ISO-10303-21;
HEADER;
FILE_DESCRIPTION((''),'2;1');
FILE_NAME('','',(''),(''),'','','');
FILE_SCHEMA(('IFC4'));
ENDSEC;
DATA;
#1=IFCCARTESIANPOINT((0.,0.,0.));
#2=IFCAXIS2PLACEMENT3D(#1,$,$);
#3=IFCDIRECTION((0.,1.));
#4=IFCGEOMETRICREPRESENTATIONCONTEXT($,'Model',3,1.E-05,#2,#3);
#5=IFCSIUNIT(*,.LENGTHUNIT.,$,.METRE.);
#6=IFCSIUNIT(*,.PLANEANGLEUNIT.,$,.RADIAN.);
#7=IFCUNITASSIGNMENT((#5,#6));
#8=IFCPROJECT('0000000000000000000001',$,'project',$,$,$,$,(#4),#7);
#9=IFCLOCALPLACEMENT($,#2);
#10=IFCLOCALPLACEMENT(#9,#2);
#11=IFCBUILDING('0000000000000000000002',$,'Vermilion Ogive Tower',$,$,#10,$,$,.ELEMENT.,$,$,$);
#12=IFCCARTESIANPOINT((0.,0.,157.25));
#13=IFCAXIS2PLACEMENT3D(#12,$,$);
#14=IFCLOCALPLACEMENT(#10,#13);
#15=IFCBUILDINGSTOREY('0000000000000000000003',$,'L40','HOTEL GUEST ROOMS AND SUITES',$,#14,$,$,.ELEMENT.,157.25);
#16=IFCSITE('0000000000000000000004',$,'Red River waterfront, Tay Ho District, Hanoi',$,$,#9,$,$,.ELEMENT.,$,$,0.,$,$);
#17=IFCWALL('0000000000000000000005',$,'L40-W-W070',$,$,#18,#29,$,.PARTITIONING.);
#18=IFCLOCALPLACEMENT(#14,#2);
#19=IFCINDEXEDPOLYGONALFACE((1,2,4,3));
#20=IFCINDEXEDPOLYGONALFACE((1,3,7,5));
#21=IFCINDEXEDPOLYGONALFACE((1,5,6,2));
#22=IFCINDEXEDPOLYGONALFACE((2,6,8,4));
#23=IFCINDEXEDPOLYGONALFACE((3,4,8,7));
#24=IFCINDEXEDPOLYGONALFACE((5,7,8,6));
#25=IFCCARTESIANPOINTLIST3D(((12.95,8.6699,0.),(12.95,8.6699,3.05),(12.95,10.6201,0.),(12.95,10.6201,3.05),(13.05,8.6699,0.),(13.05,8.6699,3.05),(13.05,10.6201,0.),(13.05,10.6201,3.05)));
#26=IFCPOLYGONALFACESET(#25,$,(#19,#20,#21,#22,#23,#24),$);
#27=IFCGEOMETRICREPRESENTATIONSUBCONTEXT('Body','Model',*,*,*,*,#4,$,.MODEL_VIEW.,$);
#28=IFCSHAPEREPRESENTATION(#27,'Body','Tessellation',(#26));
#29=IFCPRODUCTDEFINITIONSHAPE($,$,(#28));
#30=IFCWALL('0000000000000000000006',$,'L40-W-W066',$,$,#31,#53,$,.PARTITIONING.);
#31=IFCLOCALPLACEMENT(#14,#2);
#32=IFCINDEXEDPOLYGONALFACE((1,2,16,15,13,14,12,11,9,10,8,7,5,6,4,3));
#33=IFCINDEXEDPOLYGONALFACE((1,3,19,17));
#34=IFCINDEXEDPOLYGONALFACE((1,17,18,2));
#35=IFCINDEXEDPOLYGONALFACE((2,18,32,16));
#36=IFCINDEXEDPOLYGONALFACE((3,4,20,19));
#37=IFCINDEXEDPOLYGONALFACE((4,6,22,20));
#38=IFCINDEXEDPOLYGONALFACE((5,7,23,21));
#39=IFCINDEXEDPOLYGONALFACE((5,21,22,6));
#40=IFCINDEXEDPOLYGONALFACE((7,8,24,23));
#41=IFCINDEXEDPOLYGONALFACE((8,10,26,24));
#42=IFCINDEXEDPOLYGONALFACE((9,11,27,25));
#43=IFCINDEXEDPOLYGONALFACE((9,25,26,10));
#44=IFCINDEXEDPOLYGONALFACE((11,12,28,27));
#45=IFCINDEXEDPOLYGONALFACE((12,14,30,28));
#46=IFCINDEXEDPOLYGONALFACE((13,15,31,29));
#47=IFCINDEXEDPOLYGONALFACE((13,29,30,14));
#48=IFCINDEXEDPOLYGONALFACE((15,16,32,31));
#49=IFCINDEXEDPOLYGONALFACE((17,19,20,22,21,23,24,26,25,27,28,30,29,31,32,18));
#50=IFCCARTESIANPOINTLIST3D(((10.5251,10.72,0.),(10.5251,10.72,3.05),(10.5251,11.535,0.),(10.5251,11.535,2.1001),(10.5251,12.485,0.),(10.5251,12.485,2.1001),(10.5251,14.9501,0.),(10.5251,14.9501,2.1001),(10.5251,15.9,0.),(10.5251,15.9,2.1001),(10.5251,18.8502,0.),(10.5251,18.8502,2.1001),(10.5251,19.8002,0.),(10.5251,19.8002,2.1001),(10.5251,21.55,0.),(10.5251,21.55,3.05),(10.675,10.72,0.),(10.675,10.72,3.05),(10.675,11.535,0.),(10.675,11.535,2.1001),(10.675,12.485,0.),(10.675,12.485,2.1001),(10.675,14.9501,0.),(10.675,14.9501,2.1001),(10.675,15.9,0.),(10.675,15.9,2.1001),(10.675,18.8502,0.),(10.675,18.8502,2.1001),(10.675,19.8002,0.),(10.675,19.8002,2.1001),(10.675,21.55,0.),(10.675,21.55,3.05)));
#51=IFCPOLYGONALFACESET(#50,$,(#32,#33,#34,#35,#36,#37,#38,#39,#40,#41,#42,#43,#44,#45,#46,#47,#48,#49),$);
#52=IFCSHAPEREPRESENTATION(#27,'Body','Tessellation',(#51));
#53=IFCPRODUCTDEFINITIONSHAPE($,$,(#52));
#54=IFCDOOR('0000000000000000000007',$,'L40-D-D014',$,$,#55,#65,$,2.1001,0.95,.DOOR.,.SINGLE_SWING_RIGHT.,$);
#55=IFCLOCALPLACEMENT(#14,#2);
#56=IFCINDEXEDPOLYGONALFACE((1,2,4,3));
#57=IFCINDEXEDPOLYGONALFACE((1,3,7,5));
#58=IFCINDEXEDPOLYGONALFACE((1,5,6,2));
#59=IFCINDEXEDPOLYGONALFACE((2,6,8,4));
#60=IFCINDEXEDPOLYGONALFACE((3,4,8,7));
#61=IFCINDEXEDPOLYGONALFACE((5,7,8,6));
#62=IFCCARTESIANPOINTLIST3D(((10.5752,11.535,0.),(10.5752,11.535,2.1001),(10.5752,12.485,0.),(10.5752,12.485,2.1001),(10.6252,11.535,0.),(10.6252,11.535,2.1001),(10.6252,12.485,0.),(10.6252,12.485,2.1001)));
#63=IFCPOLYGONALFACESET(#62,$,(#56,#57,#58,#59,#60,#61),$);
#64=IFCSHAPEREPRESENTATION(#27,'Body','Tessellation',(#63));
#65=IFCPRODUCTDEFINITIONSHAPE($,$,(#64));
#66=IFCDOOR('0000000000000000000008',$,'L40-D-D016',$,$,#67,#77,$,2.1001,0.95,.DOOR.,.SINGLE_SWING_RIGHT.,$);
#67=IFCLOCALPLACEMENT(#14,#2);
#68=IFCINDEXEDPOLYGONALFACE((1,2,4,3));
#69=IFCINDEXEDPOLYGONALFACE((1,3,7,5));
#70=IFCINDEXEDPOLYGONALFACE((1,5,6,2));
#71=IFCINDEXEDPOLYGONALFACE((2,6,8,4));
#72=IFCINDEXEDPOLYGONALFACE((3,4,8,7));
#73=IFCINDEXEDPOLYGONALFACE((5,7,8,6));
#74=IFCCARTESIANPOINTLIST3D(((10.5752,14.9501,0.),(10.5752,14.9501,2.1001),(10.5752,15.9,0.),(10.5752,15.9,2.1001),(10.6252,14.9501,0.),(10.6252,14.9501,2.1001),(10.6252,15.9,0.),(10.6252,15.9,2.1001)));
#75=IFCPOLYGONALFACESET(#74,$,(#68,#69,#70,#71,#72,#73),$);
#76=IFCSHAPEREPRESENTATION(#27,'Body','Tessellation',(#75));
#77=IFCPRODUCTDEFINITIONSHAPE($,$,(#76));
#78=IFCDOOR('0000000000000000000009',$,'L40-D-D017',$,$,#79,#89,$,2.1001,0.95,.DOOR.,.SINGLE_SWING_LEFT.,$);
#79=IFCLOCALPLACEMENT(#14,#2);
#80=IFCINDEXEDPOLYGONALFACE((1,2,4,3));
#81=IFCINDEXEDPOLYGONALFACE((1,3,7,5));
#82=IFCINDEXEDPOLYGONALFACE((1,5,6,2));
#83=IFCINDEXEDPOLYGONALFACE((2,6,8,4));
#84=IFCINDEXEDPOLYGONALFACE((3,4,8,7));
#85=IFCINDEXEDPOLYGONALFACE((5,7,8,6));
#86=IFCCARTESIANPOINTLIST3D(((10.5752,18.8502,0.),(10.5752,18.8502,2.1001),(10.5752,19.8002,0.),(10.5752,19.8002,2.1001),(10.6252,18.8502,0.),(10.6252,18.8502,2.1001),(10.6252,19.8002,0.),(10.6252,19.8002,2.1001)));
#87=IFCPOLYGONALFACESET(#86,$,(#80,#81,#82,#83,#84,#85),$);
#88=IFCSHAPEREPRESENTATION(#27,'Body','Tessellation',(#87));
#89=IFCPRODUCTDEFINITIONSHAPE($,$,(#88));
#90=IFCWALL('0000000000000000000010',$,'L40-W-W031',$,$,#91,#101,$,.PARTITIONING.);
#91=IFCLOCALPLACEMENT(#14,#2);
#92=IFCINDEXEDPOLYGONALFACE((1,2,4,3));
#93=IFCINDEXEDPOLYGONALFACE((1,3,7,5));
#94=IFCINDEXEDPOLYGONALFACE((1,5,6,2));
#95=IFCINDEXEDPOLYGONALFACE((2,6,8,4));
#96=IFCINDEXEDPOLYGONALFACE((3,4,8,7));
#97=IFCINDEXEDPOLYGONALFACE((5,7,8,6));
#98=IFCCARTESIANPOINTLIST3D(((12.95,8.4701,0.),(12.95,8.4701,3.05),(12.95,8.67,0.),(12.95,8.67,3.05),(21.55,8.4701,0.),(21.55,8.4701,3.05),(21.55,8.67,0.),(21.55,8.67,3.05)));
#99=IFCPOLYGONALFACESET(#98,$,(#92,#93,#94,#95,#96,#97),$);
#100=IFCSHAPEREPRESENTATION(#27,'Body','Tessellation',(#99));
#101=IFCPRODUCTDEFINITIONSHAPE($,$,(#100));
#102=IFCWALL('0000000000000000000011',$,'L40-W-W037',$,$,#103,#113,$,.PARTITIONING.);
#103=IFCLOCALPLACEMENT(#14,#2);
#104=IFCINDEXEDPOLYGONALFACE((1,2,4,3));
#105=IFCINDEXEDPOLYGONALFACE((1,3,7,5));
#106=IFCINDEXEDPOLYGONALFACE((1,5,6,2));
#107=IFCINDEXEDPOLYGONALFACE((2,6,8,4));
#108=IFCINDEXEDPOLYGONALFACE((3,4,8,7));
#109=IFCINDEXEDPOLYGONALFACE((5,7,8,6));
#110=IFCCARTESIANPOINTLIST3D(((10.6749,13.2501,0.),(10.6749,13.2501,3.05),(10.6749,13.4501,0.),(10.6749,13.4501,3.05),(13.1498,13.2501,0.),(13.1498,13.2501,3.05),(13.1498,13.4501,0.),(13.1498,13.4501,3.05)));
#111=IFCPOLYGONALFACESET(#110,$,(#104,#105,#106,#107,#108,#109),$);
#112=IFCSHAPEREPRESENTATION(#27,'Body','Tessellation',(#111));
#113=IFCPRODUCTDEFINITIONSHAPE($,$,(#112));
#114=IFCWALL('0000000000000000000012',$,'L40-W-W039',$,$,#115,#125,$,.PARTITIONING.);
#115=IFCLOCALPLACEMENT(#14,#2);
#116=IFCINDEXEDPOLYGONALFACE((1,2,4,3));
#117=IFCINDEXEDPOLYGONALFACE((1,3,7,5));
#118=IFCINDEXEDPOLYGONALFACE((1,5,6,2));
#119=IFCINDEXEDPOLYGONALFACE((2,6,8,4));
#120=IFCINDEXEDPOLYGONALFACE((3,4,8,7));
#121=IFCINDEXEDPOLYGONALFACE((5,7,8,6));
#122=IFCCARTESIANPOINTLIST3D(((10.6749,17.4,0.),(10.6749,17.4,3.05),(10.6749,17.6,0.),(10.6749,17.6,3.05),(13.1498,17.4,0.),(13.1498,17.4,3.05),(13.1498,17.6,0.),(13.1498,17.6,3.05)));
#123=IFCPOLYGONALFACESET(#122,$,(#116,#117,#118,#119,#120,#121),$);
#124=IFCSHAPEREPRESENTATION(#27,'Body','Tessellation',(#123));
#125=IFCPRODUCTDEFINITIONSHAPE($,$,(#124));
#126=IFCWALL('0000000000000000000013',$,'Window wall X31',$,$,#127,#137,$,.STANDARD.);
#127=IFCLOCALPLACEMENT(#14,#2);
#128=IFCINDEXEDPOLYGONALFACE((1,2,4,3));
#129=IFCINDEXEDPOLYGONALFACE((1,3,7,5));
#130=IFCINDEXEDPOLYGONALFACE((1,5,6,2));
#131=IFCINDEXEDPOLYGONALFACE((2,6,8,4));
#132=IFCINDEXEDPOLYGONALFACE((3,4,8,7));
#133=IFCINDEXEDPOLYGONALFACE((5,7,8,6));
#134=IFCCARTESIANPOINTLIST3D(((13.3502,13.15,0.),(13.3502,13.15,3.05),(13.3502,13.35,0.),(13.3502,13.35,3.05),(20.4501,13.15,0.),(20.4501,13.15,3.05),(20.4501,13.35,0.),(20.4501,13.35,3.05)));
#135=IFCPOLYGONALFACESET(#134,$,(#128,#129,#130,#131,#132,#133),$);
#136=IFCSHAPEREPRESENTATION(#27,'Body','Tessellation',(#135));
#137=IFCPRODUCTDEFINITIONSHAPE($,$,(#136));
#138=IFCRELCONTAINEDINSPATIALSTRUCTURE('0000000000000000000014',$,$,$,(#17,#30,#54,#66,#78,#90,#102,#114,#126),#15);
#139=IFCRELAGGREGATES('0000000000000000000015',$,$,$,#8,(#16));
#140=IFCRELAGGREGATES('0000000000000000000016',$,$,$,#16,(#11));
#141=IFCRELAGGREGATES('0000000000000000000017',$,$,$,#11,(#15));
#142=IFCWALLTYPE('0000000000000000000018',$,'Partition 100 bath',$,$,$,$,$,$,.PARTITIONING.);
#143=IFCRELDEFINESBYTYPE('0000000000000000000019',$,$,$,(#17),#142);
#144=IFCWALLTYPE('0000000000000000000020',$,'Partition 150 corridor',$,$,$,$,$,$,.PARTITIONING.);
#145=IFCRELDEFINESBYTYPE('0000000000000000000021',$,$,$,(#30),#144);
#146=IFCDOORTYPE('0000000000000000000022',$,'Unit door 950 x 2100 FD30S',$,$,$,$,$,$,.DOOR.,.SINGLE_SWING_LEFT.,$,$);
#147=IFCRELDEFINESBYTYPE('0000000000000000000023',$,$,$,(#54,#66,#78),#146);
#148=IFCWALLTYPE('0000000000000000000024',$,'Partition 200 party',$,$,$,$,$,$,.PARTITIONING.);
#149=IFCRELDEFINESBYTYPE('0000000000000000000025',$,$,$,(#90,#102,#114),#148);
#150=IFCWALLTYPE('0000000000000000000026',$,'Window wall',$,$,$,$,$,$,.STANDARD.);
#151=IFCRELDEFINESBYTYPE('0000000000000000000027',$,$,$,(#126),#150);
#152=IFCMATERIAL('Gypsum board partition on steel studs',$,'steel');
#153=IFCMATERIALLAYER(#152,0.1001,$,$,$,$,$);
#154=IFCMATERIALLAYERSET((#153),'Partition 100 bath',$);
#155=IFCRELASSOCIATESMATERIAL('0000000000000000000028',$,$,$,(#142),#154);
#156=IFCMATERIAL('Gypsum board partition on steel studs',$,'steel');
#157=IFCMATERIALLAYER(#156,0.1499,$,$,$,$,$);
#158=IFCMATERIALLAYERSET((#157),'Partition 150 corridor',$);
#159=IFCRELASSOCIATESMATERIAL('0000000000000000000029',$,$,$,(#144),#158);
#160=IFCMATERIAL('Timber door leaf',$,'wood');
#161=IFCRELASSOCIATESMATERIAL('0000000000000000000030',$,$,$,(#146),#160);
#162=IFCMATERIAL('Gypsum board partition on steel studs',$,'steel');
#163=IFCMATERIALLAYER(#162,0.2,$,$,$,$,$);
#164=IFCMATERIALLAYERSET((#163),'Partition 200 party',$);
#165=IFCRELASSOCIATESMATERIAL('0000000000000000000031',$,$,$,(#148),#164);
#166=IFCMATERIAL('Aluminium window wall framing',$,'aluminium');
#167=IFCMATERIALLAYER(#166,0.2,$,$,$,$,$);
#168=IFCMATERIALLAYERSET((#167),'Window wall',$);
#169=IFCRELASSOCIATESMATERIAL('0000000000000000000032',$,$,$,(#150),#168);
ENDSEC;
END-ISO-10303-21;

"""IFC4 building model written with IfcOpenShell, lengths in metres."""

from ifc_helpers import new_model, si_unit, direction, frame, frame_2d, origin, place, context, subcontext, project, spatial, rectangle, extrude, material, layer, layer_set, type_object, element, fill, save


model = new_model("IFC4")

# Units and contexts
model_context = context("Model", 3, precision=1e-05, world=origin(), true_north=direction((0.0, 1.0)))
body_context = subcontext(model_context, "Body", "Model", "MODEL_VIEW")
ifc_project = project(units=[si_unit("LENGTHUNIT", "METRE"), si_unit("PLANEANGLEUNIT", "RADIAN")], contexts=[model_context])

# Site, building, storey
site_placement = place(None, origin())
site = spatial("IfcSite", under=ifc_project, at=site_placement, Name="Red River waterfront, Tay Ho District, Hanoi", CompositionType="ELEMENT", RefElevation=0.0)
building_placement = place(site_placement, origin())
building = spatial("IfcBuilding", under=site, at=building_placement, Name="Vermilion Ogive Tower", CompositionType="ELEMENT")
storey_placement = place(building_placement, frame((0.0, 0.0, 157.25)))
storey = spatial("IfcBuildingStorey", under=building, at=storey_placement, Name="L40", Description="HOTEL GUEST ROOMS AND SUITES", CompositionType="ELEMENT", Elevation=157.25)

# Wall
ifc_material_1 = material(Name="Gypsum board partition on steel studs", Category="steel")
ifc_layer_1 = layer(ifc_material_1, 0.1001)
ifc_layer_set_1 = layer_set([ifc_layer_1], Name="Partition 100 bath")
wall_type_1 = type_object("IfcWallType", Name="Partition 100 bath", PredefinedType="PARTITIONING", material=ifc_layer_set_1)
wall_1_placement = place(storey_placement, frame((13.0, 8.6699, 0.0), z_axis=(0.0, 0.0, 1.0), x_axis=(0.0, 1.0, 0.0)))
element("IfcWall", 1, at=wall_1_placement, inside=storey, type_object=wall_type_1, Name="L40-W-W070", PredefinedType="PARTITIONING", context=body_context, shape_type="SweptSolid", body=[
    extrude(rectangle(XDim=1.9502, YDim=0.1001, at=frame_2d((0.9751, 0.0))), origin(), (0.0, 0.0, 1.0), 3.05),
])

# Wall, openings, doors
ifc_material_2 = material(Name="Gypsum board partition on steel studs", Category="steel")
ifc_layer_2 = layer(ifc_material_2, 0.1499)
ifc_layer_set_2 = layer_set([ifc_layer_2], Name="Partition 150 corridor")
wall_type_2 = type_object("IfcWallType", Name="Partition 150 corridor", PredefinedType="PARTITIONING", material=ifc_layer_set_2)
wall_2_placement = place(storey_placement, frame((10.6001, 10.72, 0.0), z_axis=(0.0, 0.0, 1.0), x_axis=(0.0, 1.0, 0.0)))
wall_2 = element("IfcWall", 2, at=wall_2_placement, inside=storey, type_object=wall_type_2, Name="L40-W-W066", PredefinedType="PARTITIONING", context=body_context, shape_type="SweptSolid", body=[
    extrude(rectangle(XDim=10.8301, YDim=0.1499, at=frame_2d((5.415, 0.0))), origin(), (0.0, 0.0, 1.0), 3.05),
])
opening_1_placement = place(wall_2_placement, frame((0.8149, 0.0, 0.0)))
opening_1 = element("IfcOpeningElement", 3, at=opening_1_placement, cuts=wall_2, PredefinedType="OPENING", context=body_context, shape_type="SweptSolid", body=[
    extrude(rectangle(XDim=0.95, YDim=2.1001, at=frame_2d((0.4751, 1.05))), frame((0.0, 0.085, 0.0), z_axis=(0.0, -1.0, 0.0), x_axis=(1.0, 0.0, 0.0)), (0.0, 0.0, 1.0), 0.1699),
])
opening_2_placement = place(wall_2_placement, frame((4.23, 0.0, 0.0)))
opening_2 = element("IfcOpeningElement", 4, at=opening_2_placement, cuts=wall_2, PredefinedType="OPENING", context=body_context, shape_type="SweptSolid", body=[
    extrude(rectangle(XDim=0.95, YDim=2.1001, at=frame_2d((0.4751, 1.05))), frame((0.0, 0.085, 0.0), z_axis=(0.0, -1.0, 0.0), x_axis=(1.0, 0.0, 0.0)), (0.0, 0.0, 1.0), 0.1699),
])
opening_3_placement = place(wall_2_placement, frame((8.1301, 0.0, 0.0)))
opening_3 = element("IfcOpeningElement", 5, at=opening_3_placement, cuts=wall_2, PredefinedType="OPENING", context=body_context, shape_type="SweptSolid", body=[
    extrude(rectangle(XDim=0.95, YDim=2.1001, at=frame_2d((0.4751, 1.05))), frame((0.0, 0.085, 0.0), z_axis=(0.0, -1.0, 0.0), x_axis=(1.0, 0.0, 0.0)), (0.0, 0.0, 1.0), 0.1699),
])
ifc_material_3 = material(Name="Timber door leaf", Category="wood")
door_type = type_object("IfcDoorType", Name="Unit door 950 x 2100 FD30S", OperationType="SINGLE_SWING_LEFT", PredefinedType="DOOR", material=ifc_material_3)
door_1_placement = place(opening_1_placement, origin())
door_1 = element("IfcDoor", 6, at=door_1_placement, inside=storey, type_object=door_type, Name="L40-D-D014", OperationType="SINGLE_SWING_RIGHT", OverallHeight=2.1001, OverallWidth=0.95, PredefinedType="DOOR", context=body_context, shape_type="SweptSolid", body=[
    extrude(rectangle(XDim=0.95, YDim=2.1001, at=frame_2d((0.4751, 1.05))), frame((0.0, 0.0249, 0.0), z_axis=(0.0, -1.0, 0.0), x_axis=(1.0, 0.0, 0.0)), (0.0, 0.0, 1.0), 0.05),
])
fill(opening_1, door_1)
door_2_placement = place(opening_2_placement, origin())
door_2 = element("IfcDoor", 7, at=door_2_placement, inside=storey, type_object=door_type, Name="L40-D-D016", OperationType="SINGLE_SWING_RIGHT", OverallHeight=2.1001, OverallWidth=0.95, PredefinedType="DOOR", context=body_context, shape_type="SweptSolid", body=[
    extrude(rectangle(XDim=0.95, YDim=2.1001, at=frame_2d((0.4751, 1.05))), frame((0.0, 0.0249, 0.0), z_axis=(0.0, -1.0, 0.0), x_axis=(1.0, 0.0, 0.0)), (0.0, 0.0, 1.0), 0.05),
])
fill(opening_2, door_2)
door_3_placement = place(opening_3_placement, origin())
door_3 = element("IfcDoor", 8, at=door_3_placement, inside=storey, type_object=door_type, Name="L40-D-D017", OperationType="SINGLE_SWING_LEFT", OverallHeight=2.1001, OverallWidth=0.95, PredefinedType="DOOR", context=body_context, shape_type="SweptSolid", body=[
    extrude(rectangle(XDim=0.95, YDim=2.1001, at=frame_2d((0.4751, 1.05))), frame((0.0, 0.0249, 0.0), z_axis=(0.0, -1.0, 0.0), x_axis=(1.0, 0.0, 0.0)), (0.0, 0.0, 1.0), 0.05),
])
fill(opening_3, door_3)

# Walls
ifc_material_4 = material(Name="Gypsum board partition on steel studs", Category="steel")
ifc_layer_3 = layer(ifc_material_4, 0.2)
ifc_layer_set_3 = layer_set([ifc_layer_3], Name="Partition 200 party")
wall_type_3 = type_object("IfcWallType", Name="Partition 200 party", PredefinedType="PARTITIONING", material=ifc_layer_set_3)
wall_3_placement = place(storey_placement, frame((12.95, 8.5701, 0.0), z_axis=(0.0, 0.0, 1.0), x_axis=(1.0, 0.0, 0.0)))
element("IfcWall", 9, at=wall_3_placement, inside=storey, type_object=wall_type_3, Name="L40-W-W031", PredefinedType="PARTITIONING", context=body_context, shape_type="SweptSolid", body=[
    extrude(rectangle(XDim=8.6001, YDim=0.2, at=frame_2d((4.3, 0.0))), origin(), (0.0, 0.0, 1.0), 3.05),
])
for number, where, z_axis, x_axis, name in (
    (10, (10.675, 13.3501, 0.0), (0.0, 0.0, 1.0), (1.0, 0.0, 0.0), "L40-W-W037"),
    (11, (10.675, 17.5, 0.0), (0.0, 0.0, 1.0), (1.0, 0.0, 0.0), "L40-W-W039"),
):
    element("IfcWall", number, at=place(storey_placement, frame(where, z_axis=z_axis, x_axis=x_axis)), inside=storey, type_object=wall_type_3, Name=name, PredefinedType="PARTITIONING", context=body_context, shape_type="SweptSolid", body=[
        extrude(rectangle(XDim=2.4749, YDim=0.2, at=frame_2d((1.2373, 0.0))), origin(), (0.0, 0.0, 1.0), 3.05),
    ])
ifc_material_5 = material(Name="Aluminium window wall framing", Category="aluminium")
ifc_layer_4 = layer(ifc_material_5, 0.2)
ifc_layer_set_4 = layer_set([ifc_layer_4], Name="Window wall")
wall_type_4 = type_object("IfcWallType", Name="Window wall", PredefinedType="STANDARD", material=ifc_layer_set_4)
wall_4_placement = place(storey_placement, frame((20.45, 13.25, 0.0), z_axis=(0.0, 0.0, 1.0), x_axis=(-1.0, 0.0, 0.0)))
element("IfcWall", 12, at=wall_4_placement, inside=storey, type_object=wall_type_4, Name="Window wall X31", PredefinedType="STANDARD", context=body_context, shape_type="SweptSolid", body=[
    extrude(rectangle(XDim=7.0999, YDim=0.2, at=frame_2d((3.5498, 0.0))), origin(), (0.0, 0.0, 1.0), 3.05),
])

save(model, "model.ifc")
